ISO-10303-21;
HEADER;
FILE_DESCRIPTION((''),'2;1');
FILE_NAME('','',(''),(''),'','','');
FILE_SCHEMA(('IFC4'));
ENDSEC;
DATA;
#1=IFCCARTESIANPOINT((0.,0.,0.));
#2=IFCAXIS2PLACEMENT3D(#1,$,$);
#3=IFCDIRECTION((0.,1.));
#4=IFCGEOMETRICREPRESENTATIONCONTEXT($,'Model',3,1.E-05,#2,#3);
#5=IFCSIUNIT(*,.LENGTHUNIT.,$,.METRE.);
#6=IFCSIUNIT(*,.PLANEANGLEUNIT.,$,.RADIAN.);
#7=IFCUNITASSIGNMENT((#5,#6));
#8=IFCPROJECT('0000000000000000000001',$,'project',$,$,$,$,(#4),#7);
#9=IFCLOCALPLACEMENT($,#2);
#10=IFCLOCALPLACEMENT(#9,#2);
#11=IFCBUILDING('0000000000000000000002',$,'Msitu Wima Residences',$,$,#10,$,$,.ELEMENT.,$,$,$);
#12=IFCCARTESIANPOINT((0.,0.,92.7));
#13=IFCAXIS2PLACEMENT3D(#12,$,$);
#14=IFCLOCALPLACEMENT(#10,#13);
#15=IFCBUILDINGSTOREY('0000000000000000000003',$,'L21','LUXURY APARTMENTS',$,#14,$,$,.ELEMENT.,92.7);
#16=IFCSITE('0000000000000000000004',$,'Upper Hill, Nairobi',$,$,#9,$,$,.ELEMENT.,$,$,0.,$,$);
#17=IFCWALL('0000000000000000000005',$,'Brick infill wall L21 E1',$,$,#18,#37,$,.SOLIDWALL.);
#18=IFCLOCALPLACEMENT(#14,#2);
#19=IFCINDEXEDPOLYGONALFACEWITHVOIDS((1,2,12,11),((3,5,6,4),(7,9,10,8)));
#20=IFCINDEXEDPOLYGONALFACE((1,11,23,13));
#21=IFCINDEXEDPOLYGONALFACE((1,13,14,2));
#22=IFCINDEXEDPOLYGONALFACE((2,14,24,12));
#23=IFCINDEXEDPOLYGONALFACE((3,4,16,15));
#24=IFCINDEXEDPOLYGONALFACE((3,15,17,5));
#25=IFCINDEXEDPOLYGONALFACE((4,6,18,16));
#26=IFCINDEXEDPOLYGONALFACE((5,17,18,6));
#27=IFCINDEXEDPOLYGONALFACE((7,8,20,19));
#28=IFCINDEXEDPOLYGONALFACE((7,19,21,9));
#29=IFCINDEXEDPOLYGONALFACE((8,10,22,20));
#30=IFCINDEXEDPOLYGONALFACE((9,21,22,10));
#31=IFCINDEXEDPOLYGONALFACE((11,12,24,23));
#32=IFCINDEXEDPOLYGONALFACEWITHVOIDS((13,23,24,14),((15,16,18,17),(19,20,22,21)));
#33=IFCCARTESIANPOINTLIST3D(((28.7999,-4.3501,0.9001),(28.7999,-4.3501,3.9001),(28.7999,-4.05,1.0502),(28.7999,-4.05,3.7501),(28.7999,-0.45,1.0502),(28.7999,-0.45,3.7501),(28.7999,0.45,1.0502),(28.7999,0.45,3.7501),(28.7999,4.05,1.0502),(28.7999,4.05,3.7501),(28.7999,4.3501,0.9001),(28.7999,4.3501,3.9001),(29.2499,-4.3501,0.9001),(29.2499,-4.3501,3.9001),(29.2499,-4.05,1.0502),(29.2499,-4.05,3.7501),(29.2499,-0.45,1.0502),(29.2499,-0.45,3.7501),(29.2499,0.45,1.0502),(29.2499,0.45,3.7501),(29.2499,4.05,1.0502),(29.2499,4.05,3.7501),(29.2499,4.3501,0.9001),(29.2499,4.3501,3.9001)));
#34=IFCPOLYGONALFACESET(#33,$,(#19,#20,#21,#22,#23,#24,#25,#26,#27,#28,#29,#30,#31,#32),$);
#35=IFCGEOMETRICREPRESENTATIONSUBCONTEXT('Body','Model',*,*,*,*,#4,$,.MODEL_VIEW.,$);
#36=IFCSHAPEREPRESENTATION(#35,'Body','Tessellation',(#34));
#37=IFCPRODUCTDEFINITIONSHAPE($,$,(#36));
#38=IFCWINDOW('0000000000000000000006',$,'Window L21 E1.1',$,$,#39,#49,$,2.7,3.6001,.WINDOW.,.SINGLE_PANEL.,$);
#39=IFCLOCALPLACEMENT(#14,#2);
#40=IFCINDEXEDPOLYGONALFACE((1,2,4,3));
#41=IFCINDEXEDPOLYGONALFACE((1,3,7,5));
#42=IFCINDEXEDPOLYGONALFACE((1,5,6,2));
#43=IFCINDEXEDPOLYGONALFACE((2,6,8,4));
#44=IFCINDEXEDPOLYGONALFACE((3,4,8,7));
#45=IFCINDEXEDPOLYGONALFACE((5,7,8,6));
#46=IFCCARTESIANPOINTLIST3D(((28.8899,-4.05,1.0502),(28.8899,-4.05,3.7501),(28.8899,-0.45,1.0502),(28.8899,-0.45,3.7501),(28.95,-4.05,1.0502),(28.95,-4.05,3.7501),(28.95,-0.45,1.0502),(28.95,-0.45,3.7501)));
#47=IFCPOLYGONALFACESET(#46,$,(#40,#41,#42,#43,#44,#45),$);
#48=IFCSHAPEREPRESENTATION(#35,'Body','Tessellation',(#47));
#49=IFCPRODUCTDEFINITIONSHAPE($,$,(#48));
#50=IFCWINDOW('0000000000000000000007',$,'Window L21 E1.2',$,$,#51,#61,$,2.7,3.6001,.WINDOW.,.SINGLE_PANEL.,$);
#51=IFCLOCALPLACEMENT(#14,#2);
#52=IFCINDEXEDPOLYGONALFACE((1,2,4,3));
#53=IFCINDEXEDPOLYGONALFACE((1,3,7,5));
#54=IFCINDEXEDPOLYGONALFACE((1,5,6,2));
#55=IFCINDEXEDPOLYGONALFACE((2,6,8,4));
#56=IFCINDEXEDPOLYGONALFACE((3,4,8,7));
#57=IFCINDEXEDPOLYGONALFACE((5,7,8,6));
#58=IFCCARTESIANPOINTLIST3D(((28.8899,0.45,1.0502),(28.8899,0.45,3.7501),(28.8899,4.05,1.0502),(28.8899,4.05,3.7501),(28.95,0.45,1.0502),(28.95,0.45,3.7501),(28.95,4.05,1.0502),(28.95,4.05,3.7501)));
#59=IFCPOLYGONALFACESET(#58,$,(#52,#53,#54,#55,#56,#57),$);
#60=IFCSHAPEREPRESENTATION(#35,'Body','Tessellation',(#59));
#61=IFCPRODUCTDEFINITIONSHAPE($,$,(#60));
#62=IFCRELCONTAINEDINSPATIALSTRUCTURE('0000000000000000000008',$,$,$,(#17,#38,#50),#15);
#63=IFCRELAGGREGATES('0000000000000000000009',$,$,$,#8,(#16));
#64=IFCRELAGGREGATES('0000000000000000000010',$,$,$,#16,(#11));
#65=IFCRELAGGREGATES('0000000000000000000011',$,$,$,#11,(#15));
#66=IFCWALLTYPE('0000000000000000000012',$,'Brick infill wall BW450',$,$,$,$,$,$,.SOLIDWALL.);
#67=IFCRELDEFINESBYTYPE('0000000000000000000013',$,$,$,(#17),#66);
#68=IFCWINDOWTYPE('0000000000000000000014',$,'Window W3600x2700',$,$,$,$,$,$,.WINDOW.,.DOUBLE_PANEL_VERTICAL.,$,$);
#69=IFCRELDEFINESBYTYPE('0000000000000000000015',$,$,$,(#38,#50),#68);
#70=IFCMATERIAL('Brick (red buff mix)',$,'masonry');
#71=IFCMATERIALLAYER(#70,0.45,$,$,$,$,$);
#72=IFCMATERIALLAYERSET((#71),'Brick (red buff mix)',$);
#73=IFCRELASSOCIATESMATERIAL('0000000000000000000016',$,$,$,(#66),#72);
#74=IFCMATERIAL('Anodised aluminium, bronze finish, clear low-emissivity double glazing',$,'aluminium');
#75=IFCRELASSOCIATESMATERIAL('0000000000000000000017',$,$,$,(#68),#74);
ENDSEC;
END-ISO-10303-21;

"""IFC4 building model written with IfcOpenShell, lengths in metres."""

from ifc_helpers import new_model, si_unit, direction, frame, frame_2d, origin, place, context, subcontext, project, spatial, rectangle, extrude, material, layer, layer_set, type_object, element, fill, save


model = new_model("IFC4")

# Units and contexts
model_context = context("Model", 3, precision=1e-05, world=origin(), true_north=direction((0.0, 1.0)))
body_context = subcontext(model_context, "Body", "Model", "MODEL_VIEW")
ifc_project = project(units=[si_unit("LENGTHUNIT", "METRE"), si_unit("PLANEANGLEUNIT", "RADIAN")], contexts=[model_context])

# Site, building, storey
site_placement = place(None, origin())
site = spatial("IfcSite", under=ifc_project, at=site_placement, Name="Upper Hill, Nairobi", CompositionType="ELEMENT", RefElevation=0.0)
building_placement = place(site_placement, origin())
building = spatial("IfcBuilding", under=site, at=building_placement, Name="Msitu Wima Residences", CompositionType="ELEMENT")
storey_placement = place(building_placement, frame((0.0, 0.0, 92.7)))
storey = spatial("IfcBuildingStorey", under=building, at=storey_placement, Name="L21", Description="LUXURY APARTMENTS", CompositionType="ELEMENT", Elevation=92.7)

# Shared definitions
ifc_material_1 = material(Name="Brick (red buff mix)", Category="masonry")
ifc_layer_1 = layer(ifc_material_1, 0.45)
ifc_layer_set_1 = layer_set([ifc_layer_1], Name="Brick (red buff mix)")
wall_type_1 = type_object("IfcWallType", Name="Brick infill wall BW450", PredefinedType="SOLIDWALL", material=ifc_layer_set_1)
ifc_material_2 = material(Name="Anodised aluminium, bronze finish, clear low-emissivity double glazing", Category="aluminium")
window_type = type_object("IfcWindowType", Name="Window W3600x2700", PartitioningType="DOUBLE_PANEL_VERTICAL", PredefinedType="WINDOW", material=ifc_material_2)

# Wall, openings, windows
wall_1_placement = place(storey_placement, frame((29.0249, -4.3501, 0.9001), z_axis=(0.0, 0.0, 1.0), x_axis=(0.0, 1.0, 0.0)))
wall_1 = element("IfcWall", 1, at=wall_1_placement, inside=storey, type_object=wall_type_1, Name="Brick infill wall L21 E1", PredefinedType="SOLIDWALL", context=body_context, shape_type="SweptSolid", body=[
    extrude(rectangle(XDim=8.7002, YDim=0.45, at=frame_2d((4.3501, 0.0))), origin(), (0.0, 0.0, 1.0), 3.0),
])
opening_1_placement = place(wall_1_placement, frame((0.3, 0.0, 0.1499)))
opening_1 = element("IfcOpeningElement", 2, at=opening_1_placement, cuts=wall_1, PredefinedType="OPENING", context=body_context, shape_type="SweptSolid", body=[
    extrude(rectangle(XDim=3.6001, YDim=2.7, at=frame_2d((1.8, 1.3501))), frame((0.0, 0.2349, 0.0), z_axis=(0.0, -1.0, 0.0), x_axis=(1.0, 0.0, 0.0)), (0.0, 0.0, 1.0), 0.47),
])
opening_2_placement = place(wall_1_placement, frame((4.8, 0.0, 0.1499)))
opening_2 = element("IfcOpeningElement", 3, at=opening_2_placement, cuts=wall_1, PredefinedType="OPENING", context=body_context, shape_type="SweptSolid", body=[
    extrude(rectangle(XDim=3.6001, YDim=2.7, at=frame_2d((1.8, 1.3501))), frame((0.0, 0.2349, 0.0), z_axis=(0.0, -1.0, 0.0), x_axis=(1.0, 0.0, 0.0)), (0.0, 0.0, 1.0), 0.47),
])
window_1_placement = place(opening_1_placement, origin())
window_1 = element("IfcWindow", 4, at=window_1_placement, inside=storey, type_object=window_type, Name="Window L21 E1.1", OverallHeight=2.7, OverallWidth=3.6001, PartitioningType="SINGLE_PANEL", PredefinedType="WINDOW", context=body_context, shape_type="SweptSolid", body=[
    extrude(rectangle(XDim=3.6001, YDim=2.7, at=frame_2d((1.8, 1.3501))), frame((0.0, 0.135, 0.0), z_axis=(0.0, -1.0, 0.0), x_axis=(1.0, 0.0, 0.0)), (0.0, 0.0, 1.0), 0.0601),
])
fill(opening_1, window_1)
window_2_placement = place(opening_2_placement, origin())
window_2 = element("IfcWindow", 5, at=window_2_placement, inside=storey, type_object=window_type, Name="Window L21 E1.2", OverallHeight=2.7, OverallWidth=3.6001, PartitioningType="SINGLE_PANEL", PredefinedType="WINDOW", context=body_context, shape_type="SweptSolid", body=[
    extrude(rectangle(XDim=3.6001, YDim=2.7, at=frame_2d((1.8, 1.3501))), frame((0.0, 0.135, 0.0), z_axis=(0.0, -1.0, 0.0), x_axis=(1.0, 0.0, 0.0)), (0.0, 0.0, 1.0), 0.0601),
])
fill(opening_2, window_2)

save(model, "model.ifc")
